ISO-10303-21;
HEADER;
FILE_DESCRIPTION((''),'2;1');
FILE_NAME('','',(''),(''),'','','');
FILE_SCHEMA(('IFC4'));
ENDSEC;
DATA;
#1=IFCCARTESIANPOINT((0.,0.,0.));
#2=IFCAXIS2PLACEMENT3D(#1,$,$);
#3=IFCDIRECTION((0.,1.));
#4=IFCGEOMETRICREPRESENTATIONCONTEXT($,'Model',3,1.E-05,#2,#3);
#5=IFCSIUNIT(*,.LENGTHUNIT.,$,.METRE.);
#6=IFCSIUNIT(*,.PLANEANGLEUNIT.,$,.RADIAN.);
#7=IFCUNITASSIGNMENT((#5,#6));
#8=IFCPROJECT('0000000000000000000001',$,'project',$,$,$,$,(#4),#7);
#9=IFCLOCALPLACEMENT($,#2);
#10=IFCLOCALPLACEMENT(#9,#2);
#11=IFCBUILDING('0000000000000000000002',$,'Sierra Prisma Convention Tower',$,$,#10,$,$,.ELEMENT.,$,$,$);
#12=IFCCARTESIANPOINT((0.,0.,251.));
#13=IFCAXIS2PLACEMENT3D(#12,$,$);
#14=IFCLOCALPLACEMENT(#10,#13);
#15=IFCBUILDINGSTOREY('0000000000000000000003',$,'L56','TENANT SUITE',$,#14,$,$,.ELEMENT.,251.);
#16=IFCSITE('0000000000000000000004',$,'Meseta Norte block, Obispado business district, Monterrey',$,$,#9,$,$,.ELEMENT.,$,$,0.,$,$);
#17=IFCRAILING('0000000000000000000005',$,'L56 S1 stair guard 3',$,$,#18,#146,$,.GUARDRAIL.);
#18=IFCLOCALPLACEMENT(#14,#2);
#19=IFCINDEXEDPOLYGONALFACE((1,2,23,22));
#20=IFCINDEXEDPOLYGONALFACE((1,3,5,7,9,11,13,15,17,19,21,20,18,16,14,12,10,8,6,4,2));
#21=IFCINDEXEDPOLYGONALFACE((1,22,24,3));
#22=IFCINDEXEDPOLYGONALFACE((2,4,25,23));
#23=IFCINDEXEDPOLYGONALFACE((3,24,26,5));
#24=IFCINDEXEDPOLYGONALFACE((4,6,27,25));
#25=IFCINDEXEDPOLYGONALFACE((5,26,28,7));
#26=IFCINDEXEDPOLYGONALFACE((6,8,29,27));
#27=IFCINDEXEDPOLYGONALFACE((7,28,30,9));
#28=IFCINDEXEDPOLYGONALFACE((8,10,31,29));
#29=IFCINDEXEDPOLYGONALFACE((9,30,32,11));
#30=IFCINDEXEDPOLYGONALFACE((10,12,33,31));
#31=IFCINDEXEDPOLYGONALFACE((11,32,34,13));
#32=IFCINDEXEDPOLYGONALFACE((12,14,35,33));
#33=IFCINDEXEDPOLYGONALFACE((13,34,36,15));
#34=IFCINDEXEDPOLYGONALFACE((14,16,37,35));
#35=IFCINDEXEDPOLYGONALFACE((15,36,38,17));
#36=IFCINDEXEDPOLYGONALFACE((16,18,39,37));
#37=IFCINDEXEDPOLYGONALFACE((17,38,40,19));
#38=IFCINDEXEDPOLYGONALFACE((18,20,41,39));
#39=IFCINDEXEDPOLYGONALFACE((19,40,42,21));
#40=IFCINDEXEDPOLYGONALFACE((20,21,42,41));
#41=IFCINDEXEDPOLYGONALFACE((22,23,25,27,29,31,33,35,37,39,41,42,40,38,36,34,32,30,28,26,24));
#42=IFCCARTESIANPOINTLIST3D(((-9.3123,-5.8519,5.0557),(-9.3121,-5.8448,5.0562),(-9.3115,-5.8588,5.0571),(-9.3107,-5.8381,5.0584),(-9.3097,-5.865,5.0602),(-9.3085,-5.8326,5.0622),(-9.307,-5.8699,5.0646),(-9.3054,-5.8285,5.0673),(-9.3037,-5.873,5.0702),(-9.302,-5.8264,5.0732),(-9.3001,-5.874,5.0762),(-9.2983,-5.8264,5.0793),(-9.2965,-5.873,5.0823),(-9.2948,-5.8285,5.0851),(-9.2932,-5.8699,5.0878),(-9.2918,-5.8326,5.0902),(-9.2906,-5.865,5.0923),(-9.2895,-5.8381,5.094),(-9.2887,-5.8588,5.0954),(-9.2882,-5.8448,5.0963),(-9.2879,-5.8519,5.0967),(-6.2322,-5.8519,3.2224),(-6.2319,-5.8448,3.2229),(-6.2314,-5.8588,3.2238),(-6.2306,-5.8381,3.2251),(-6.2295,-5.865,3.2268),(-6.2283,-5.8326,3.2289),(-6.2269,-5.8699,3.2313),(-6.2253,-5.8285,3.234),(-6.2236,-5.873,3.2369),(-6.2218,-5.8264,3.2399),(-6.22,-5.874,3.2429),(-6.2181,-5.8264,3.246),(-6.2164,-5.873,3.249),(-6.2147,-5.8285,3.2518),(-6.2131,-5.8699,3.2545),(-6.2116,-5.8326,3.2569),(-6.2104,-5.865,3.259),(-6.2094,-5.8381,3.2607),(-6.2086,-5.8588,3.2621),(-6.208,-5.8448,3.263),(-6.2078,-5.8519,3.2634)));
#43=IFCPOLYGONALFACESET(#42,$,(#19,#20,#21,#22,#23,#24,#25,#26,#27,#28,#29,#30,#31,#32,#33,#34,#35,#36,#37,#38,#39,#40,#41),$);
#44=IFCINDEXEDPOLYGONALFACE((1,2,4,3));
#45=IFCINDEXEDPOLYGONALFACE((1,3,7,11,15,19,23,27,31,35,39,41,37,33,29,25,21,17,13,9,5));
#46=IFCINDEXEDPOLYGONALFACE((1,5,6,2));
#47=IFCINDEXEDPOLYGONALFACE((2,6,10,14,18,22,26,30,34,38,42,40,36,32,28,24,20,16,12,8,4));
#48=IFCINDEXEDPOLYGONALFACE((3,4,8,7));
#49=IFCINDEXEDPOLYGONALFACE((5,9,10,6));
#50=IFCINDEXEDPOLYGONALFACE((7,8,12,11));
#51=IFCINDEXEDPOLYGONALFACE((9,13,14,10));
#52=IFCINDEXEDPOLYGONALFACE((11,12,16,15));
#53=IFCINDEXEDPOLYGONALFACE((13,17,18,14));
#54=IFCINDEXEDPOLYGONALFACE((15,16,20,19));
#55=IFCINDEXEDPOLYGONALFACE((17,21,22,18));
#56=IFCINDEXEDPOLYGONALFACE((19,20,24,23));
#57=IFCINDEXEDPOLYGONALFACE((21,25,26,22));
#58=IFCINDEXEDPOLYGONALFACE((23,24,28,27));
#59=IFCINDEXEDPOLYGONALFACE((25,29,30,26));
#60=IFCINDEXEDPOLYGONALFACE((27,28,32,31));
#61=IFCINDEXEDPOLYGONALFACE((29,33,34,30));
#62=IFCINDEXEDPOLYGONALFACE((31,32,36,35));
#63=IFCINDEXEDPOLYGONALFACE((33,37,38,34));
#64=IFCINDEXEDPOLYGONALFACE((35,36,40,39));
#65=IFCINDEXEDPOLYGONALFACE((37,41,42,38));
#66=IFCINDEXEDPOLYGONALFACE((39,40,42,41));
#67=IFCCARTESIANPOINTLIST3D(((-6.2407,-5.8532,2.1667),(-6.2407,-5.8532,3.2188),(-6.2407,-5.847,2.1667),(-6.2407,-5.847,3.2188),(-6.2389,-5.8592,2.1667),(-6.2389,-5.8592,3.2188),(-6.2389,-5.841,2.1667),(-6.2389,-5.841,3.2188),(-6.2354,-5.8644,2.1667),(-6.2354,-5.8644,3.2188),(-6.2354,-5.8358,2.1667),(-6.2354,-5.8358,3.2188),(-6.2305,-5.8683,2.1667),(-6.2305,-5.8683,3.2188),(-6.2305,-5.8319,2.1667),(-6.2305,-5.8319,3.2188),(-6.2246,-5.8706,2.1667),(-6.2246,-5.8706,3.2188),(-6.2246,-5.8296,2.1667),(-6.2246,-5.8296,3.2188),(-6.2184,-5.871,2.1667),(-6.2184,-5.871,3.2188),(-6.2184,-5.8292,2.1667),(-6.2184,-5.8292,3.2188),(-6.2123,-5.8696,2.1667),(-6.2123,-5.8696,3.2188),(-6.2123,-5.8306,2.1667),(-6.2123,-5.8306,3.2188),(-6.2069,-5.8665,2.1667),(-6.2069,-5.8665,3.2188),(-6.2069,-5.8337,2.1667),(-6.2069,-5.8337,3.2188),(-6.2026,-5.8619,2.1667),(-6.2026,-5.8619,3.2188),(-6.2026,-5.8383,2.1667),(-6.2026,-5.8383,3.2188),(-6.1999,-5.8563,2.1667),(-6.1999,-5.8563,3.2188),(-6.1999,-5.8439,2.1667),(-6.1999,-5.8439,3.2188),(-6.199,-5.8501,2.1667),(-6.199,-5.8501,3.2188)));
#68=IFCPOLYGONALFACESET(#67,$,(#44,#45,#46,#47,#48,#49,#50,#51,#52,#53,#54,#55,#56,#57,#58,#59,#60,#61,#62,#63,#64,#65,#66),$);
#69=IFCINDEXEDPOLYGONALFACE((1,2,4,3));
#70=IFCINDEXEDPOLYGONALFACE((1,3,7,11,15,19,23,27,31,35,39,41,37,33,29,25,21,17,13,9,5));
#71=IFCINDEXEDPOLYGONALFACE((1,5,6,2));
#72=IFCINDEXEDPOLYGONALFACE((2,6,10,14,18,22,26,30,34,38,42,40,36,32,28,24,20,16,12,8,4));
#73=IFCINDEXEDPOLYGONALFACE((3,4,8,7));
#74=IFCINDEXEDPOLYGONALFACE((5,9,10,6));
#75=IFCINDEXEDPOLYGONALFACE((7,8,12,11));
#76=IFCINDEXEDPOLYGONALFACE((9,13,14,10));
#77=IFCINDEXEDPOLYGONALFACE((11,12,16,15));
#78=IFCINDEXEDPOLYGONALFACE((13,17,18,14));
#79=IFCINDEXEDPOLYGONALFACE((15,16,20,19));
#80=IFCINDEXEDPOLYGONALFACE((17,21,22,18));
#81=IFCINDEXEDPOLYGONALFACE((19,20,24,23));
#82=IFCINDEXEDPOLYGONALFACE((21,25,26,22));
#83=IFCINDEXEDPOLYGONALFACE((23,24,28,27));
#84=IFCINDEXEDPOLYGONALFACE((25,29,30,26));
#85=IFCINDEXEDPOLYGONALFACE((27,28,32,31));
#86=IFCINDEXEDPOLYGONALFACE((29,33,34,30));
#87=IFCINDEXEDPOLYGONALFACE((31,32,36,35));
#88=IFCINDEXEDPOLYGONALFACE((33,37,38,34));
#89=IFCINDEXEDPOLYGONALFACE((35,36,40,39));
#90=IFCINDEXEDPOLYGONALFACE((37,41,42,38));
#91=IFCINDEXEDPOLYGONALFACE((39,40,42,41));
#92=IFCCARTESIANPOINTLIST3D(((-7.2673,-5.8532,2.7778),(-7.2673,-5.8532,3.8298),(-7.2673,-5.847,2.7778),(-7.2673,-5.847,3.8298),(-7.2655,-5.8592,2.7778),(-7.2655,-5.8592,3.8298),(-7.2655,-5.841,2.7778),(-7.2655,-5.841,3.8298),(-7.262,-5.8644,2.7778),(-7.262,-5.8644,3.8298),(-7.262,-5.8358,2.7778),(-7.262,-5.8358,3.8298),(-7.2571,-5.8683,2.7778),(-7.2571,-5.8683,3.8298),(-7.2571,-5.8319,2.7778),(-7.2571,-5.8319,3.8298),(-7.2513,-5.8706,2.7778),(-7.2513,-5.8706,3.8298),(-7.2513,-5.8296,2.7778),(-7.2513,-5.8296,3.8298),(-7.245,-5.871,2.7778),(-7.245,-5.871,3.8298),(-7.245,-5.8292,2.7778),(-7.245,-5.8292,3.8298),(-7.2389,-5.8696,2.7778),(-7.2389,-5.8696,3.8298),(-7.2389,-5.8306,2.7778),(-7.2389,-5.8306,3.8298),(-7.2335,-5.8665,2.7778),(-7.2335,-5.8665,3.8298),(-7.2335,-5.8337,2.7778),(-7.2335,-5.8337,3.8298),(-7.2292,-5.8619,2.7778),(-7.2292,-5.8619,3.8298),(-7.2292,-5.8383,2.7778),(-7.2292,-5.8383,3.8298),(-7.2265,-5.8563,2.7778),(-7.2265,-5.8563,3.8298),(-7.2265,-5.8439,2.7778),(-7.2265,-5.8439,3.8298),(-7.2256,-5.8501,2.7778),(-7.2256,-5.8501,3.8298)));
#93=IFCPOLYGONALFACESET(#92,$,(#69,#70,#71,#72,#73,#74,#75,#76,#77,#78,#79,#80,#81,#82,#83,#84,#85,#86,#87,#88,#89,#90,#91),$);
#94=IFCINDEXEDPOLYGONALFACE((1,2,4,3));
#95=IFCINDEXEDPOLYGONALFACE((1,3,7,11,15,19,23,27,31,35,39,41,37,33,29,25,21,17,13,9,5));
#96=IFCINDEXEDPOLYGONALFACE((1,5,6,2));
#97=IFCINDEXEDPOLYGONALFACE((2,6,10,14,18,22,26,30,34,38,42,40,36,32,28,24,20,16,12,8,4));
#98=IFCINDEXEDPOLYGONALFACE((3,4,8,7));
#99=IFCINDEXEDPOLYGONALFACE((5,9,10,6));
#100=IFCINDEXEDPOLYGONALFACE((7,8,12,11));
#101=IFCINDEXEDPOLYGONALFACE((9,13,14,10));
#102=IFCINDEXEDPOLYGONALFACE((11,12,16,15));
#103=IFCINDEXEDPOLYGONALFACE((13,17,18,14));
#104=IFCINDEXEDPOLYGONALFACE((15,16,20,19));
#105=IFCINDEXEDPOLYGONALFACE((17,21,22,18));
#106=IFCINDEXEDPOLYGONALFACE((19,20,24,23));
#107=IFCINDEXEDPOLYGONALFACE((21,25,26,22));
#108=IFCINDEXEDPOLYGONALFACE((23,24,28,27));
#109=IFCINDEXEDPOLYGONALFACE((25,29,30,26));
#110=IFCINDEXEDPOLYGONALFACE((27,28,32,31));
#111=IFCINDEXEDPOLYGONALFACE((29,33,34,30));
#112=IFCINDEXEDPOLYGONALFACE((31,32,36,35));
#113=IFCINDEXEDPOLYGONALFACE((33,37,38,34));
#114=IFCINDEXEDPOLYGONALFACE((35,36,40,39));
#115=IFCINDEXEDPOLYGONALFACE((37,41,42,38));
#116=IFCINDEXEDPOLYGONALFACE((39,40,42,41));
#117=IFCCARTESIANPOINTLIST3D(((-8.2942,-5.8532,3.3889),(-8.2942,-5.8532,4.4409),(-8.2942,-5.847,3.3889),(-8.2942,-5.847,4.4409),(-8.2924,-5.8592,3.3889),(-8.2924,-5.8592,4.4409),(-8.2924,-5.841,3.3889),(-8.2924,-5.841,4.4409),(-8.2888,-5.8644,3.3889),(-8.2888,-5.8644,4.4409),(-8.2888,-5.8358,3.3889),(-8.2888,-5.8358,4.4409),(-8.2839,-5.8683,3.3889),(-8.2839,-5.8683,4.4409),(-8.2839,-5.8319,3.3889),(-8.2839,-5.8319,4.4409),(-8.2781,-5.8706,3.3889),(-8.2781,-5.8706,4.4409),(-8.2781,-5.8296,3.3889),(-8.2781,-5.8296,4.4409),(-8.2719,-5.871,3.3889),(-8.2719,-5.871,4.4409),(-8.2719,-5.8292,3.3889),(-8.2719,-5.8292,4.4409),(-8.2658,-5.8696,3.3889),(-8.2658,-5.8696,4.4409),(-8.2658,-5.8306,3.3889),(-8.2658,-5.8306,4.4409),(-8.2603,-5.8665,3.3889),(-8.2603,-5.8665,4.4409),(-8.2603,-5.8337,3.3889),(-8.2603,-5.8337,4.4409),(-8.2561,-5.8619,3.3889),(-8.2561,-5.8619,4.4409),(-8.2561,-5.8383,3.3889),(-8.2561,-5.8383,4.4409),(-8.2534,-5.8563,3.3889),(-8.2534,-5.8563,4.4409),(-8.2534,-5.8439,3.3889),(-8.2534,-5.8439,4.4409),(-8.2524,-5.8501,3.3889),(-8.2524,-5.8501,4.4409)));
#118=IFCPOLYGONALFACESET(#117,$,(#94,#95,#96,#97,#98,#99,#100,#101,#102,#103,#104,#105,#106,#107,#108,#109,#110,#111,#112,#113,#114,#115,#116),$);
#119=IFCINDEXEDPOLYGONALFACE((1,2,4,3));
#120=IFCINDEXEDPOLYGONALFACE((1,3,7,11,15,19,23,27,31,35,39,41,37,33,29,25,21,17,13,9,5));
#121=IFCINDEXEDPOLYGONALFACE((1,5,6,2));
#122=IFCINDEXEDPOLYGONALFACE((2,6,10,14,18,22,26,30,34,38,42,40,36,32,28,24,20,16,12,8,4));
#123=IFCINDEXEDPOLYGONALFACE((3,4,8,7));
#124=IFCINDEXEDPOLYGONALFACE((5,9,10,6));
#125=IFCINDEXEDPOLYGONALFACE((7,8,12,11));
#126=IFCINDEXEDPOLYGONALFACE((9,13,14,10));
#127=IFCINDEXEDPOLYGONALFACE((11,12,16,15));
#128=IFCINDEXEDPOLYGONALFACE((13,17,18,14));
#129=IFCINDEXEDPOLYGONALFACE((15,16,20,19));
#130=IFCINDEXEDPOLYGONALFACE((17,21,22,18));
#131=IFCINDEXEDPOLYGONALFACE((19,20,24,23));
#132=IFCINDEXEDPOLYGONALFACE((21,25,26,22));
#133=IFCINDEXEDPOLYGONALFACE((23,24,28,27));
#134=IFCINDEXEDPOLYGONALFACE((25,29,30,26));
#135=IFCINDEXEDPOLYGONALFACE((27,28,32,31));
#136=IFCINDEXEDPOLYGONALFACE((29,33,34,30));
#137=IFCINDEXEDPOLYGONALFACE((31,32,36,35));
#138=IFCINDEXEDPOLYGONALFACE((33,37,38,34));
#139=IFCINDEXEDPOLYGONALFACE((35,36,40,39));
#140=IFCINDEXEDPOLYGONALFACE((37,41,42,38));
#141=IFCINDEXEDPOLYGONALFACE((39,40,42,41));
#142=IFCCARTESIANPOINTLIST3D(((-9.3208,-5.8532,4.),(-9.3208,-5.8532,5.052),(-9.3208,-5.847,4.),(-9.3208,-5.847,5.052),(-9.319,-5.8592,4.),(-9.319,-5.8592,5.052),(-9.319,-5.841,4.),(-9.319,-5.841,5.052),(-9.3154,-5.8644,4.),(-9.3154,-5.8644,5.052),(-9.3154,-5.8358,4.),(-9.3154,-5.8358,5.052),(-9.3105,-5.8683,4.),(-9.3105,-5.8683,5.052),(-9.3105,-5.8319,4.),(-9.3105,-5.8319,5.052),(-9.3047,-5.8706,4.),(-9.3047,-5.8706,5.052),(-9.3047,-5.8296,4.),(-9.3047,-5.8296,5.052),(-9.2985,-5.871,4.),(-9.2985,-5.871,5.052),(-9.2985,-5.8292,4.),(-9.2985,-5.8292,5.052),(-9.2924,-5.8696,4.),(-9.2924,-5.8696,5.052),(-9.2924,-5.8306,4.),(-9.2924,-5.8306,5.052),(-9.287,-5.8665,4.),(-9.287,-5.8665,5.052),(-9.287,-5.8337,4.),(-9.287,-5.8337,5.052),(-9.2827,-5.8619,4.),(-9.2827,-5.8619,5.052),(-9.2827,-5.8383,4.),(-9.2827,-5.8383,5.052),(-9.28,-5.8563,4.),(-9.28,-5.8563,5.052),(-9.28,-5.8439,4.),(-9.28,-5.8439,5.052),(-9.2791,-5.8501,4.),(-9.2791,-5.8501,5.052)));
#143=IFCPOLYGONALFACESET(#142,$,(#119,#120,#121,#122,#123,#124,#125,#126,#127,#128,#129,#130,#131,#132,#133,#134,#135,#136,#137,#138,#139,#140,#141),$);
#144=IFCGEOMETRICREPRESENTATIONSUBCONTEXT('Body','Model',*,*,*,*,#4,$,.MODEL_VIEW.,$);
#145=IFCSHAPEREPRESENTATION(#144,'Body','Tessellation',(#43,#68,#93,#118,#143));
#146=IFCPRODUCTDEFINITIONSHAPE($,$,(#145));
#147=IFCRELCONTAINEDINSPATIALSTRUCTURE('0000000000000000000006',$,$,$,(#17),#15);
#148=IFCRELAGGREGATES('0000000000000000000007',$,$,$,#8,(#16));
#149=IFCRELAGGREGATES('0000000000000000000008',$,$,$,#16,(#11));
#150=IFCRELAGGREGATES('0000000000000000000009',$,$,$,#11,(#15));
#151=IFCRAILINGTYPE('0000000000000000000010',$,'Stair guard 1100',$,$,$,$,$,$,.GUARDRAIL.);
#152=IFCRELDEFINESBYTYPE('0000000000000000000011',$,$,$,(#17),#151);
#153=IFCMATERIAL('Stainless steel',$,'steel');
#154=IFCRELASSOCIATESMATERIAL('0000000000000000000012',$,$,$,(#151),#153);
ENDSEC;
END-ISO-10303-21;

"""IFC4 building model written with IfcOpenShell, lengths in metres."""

from ifc_helpers import new_model, si_unit, direction, frame, origin, origin_2d, place, context, subcontext, project, spatial, circle, extrude, material, type_object, element, save


model = new_model("IFC4")

# Units and contexts
model_context = context("Model", 3, precision=1e-05, world=origin(), true_north=direction((0.0, 1.0)))
body_context = subcontext(model_context, "Body", "Model", "MODEL_VIEW")
ifc_project = project(units=[si_unit("LENGTHUNIT", "METRE"), si_unit("PLANEANGLEUNIT", "RADIAN")], contexts=[model_context])

# Site, building, storey
site_placement = place(None, origin())
site = spatial("IfcSite", under=ifc_project, at=site_placement, Name="Meseta Norte block, Obispado business district, Monterrey", CompositionType="ELEMENT", RefElevation=0.0)
building_placement = place(site_placement, origin())
building = spatial("IfcBuilding", under=site, at=building_placement, Name="Sierra Prisma Convention Tower", CompositionType="ELEMENT")
storey_placement = place(building_placement, frame((0.0, 0.0, 251.0)))
storey = spatial("IfcBuildingStorey", under=building, at=storey_placement, Name="L56", Description="TENANT SUITE", CompositionType="ELEMENT", Elevation=251.0)

# Railing
ifc_material_1 = material(Name="Stainless steel", Category="steel")
railing_type_1 = type_object("IfcRailingType", Name="Stair guard 1100", PredefinedType="GUARDRAIL", material=ifc_material_1)
railing_1_placement = place(storey_placement, frame((-6.22, -5.8501, 2.1667)))
element("IfcRailing", 1, at=railing_1_placement, inside=storey, type_object=railing_type_1, Name="L56 S1 stair guard 3", PredefinedType="GUARDRAIL", context=body_context, shape_type="SweptSolid", body=[
    extrude(circle(Radius=0.0239, at=origin_2d()), frame((0.0, 0.0, 1.0762), z_axis=(-0.859309, 0.0, 0.511458), x_axis=(0.0, -1.0, 0.0)), (0.0, 0.0, 1.0), 3.5845),
    extrude(circle(Radius=0.021, at=origin_2d()), origin(), (0.0, 0.0, 1.0), 1.052),
    extrude(circle(Radius=0.021, at=origin_2d()), frame((-1.0266, 0.0, 0.6111)), (0.0, 0.0, 1.0), 1.052),
    extrude(circle(Radius=0.021, at=origin_2d()), frame((-2.0535, 0.0, 1.2222)), (0.0, 0.0, 1.0), 1.052),
    extrude(circle(Radius=0.021, at=origin_2d()), frame((-3.0801, 0.0, 1.8333)), (0.0, 0.0, 1.0), 1.052),
])

save(model, "model.ifc")
